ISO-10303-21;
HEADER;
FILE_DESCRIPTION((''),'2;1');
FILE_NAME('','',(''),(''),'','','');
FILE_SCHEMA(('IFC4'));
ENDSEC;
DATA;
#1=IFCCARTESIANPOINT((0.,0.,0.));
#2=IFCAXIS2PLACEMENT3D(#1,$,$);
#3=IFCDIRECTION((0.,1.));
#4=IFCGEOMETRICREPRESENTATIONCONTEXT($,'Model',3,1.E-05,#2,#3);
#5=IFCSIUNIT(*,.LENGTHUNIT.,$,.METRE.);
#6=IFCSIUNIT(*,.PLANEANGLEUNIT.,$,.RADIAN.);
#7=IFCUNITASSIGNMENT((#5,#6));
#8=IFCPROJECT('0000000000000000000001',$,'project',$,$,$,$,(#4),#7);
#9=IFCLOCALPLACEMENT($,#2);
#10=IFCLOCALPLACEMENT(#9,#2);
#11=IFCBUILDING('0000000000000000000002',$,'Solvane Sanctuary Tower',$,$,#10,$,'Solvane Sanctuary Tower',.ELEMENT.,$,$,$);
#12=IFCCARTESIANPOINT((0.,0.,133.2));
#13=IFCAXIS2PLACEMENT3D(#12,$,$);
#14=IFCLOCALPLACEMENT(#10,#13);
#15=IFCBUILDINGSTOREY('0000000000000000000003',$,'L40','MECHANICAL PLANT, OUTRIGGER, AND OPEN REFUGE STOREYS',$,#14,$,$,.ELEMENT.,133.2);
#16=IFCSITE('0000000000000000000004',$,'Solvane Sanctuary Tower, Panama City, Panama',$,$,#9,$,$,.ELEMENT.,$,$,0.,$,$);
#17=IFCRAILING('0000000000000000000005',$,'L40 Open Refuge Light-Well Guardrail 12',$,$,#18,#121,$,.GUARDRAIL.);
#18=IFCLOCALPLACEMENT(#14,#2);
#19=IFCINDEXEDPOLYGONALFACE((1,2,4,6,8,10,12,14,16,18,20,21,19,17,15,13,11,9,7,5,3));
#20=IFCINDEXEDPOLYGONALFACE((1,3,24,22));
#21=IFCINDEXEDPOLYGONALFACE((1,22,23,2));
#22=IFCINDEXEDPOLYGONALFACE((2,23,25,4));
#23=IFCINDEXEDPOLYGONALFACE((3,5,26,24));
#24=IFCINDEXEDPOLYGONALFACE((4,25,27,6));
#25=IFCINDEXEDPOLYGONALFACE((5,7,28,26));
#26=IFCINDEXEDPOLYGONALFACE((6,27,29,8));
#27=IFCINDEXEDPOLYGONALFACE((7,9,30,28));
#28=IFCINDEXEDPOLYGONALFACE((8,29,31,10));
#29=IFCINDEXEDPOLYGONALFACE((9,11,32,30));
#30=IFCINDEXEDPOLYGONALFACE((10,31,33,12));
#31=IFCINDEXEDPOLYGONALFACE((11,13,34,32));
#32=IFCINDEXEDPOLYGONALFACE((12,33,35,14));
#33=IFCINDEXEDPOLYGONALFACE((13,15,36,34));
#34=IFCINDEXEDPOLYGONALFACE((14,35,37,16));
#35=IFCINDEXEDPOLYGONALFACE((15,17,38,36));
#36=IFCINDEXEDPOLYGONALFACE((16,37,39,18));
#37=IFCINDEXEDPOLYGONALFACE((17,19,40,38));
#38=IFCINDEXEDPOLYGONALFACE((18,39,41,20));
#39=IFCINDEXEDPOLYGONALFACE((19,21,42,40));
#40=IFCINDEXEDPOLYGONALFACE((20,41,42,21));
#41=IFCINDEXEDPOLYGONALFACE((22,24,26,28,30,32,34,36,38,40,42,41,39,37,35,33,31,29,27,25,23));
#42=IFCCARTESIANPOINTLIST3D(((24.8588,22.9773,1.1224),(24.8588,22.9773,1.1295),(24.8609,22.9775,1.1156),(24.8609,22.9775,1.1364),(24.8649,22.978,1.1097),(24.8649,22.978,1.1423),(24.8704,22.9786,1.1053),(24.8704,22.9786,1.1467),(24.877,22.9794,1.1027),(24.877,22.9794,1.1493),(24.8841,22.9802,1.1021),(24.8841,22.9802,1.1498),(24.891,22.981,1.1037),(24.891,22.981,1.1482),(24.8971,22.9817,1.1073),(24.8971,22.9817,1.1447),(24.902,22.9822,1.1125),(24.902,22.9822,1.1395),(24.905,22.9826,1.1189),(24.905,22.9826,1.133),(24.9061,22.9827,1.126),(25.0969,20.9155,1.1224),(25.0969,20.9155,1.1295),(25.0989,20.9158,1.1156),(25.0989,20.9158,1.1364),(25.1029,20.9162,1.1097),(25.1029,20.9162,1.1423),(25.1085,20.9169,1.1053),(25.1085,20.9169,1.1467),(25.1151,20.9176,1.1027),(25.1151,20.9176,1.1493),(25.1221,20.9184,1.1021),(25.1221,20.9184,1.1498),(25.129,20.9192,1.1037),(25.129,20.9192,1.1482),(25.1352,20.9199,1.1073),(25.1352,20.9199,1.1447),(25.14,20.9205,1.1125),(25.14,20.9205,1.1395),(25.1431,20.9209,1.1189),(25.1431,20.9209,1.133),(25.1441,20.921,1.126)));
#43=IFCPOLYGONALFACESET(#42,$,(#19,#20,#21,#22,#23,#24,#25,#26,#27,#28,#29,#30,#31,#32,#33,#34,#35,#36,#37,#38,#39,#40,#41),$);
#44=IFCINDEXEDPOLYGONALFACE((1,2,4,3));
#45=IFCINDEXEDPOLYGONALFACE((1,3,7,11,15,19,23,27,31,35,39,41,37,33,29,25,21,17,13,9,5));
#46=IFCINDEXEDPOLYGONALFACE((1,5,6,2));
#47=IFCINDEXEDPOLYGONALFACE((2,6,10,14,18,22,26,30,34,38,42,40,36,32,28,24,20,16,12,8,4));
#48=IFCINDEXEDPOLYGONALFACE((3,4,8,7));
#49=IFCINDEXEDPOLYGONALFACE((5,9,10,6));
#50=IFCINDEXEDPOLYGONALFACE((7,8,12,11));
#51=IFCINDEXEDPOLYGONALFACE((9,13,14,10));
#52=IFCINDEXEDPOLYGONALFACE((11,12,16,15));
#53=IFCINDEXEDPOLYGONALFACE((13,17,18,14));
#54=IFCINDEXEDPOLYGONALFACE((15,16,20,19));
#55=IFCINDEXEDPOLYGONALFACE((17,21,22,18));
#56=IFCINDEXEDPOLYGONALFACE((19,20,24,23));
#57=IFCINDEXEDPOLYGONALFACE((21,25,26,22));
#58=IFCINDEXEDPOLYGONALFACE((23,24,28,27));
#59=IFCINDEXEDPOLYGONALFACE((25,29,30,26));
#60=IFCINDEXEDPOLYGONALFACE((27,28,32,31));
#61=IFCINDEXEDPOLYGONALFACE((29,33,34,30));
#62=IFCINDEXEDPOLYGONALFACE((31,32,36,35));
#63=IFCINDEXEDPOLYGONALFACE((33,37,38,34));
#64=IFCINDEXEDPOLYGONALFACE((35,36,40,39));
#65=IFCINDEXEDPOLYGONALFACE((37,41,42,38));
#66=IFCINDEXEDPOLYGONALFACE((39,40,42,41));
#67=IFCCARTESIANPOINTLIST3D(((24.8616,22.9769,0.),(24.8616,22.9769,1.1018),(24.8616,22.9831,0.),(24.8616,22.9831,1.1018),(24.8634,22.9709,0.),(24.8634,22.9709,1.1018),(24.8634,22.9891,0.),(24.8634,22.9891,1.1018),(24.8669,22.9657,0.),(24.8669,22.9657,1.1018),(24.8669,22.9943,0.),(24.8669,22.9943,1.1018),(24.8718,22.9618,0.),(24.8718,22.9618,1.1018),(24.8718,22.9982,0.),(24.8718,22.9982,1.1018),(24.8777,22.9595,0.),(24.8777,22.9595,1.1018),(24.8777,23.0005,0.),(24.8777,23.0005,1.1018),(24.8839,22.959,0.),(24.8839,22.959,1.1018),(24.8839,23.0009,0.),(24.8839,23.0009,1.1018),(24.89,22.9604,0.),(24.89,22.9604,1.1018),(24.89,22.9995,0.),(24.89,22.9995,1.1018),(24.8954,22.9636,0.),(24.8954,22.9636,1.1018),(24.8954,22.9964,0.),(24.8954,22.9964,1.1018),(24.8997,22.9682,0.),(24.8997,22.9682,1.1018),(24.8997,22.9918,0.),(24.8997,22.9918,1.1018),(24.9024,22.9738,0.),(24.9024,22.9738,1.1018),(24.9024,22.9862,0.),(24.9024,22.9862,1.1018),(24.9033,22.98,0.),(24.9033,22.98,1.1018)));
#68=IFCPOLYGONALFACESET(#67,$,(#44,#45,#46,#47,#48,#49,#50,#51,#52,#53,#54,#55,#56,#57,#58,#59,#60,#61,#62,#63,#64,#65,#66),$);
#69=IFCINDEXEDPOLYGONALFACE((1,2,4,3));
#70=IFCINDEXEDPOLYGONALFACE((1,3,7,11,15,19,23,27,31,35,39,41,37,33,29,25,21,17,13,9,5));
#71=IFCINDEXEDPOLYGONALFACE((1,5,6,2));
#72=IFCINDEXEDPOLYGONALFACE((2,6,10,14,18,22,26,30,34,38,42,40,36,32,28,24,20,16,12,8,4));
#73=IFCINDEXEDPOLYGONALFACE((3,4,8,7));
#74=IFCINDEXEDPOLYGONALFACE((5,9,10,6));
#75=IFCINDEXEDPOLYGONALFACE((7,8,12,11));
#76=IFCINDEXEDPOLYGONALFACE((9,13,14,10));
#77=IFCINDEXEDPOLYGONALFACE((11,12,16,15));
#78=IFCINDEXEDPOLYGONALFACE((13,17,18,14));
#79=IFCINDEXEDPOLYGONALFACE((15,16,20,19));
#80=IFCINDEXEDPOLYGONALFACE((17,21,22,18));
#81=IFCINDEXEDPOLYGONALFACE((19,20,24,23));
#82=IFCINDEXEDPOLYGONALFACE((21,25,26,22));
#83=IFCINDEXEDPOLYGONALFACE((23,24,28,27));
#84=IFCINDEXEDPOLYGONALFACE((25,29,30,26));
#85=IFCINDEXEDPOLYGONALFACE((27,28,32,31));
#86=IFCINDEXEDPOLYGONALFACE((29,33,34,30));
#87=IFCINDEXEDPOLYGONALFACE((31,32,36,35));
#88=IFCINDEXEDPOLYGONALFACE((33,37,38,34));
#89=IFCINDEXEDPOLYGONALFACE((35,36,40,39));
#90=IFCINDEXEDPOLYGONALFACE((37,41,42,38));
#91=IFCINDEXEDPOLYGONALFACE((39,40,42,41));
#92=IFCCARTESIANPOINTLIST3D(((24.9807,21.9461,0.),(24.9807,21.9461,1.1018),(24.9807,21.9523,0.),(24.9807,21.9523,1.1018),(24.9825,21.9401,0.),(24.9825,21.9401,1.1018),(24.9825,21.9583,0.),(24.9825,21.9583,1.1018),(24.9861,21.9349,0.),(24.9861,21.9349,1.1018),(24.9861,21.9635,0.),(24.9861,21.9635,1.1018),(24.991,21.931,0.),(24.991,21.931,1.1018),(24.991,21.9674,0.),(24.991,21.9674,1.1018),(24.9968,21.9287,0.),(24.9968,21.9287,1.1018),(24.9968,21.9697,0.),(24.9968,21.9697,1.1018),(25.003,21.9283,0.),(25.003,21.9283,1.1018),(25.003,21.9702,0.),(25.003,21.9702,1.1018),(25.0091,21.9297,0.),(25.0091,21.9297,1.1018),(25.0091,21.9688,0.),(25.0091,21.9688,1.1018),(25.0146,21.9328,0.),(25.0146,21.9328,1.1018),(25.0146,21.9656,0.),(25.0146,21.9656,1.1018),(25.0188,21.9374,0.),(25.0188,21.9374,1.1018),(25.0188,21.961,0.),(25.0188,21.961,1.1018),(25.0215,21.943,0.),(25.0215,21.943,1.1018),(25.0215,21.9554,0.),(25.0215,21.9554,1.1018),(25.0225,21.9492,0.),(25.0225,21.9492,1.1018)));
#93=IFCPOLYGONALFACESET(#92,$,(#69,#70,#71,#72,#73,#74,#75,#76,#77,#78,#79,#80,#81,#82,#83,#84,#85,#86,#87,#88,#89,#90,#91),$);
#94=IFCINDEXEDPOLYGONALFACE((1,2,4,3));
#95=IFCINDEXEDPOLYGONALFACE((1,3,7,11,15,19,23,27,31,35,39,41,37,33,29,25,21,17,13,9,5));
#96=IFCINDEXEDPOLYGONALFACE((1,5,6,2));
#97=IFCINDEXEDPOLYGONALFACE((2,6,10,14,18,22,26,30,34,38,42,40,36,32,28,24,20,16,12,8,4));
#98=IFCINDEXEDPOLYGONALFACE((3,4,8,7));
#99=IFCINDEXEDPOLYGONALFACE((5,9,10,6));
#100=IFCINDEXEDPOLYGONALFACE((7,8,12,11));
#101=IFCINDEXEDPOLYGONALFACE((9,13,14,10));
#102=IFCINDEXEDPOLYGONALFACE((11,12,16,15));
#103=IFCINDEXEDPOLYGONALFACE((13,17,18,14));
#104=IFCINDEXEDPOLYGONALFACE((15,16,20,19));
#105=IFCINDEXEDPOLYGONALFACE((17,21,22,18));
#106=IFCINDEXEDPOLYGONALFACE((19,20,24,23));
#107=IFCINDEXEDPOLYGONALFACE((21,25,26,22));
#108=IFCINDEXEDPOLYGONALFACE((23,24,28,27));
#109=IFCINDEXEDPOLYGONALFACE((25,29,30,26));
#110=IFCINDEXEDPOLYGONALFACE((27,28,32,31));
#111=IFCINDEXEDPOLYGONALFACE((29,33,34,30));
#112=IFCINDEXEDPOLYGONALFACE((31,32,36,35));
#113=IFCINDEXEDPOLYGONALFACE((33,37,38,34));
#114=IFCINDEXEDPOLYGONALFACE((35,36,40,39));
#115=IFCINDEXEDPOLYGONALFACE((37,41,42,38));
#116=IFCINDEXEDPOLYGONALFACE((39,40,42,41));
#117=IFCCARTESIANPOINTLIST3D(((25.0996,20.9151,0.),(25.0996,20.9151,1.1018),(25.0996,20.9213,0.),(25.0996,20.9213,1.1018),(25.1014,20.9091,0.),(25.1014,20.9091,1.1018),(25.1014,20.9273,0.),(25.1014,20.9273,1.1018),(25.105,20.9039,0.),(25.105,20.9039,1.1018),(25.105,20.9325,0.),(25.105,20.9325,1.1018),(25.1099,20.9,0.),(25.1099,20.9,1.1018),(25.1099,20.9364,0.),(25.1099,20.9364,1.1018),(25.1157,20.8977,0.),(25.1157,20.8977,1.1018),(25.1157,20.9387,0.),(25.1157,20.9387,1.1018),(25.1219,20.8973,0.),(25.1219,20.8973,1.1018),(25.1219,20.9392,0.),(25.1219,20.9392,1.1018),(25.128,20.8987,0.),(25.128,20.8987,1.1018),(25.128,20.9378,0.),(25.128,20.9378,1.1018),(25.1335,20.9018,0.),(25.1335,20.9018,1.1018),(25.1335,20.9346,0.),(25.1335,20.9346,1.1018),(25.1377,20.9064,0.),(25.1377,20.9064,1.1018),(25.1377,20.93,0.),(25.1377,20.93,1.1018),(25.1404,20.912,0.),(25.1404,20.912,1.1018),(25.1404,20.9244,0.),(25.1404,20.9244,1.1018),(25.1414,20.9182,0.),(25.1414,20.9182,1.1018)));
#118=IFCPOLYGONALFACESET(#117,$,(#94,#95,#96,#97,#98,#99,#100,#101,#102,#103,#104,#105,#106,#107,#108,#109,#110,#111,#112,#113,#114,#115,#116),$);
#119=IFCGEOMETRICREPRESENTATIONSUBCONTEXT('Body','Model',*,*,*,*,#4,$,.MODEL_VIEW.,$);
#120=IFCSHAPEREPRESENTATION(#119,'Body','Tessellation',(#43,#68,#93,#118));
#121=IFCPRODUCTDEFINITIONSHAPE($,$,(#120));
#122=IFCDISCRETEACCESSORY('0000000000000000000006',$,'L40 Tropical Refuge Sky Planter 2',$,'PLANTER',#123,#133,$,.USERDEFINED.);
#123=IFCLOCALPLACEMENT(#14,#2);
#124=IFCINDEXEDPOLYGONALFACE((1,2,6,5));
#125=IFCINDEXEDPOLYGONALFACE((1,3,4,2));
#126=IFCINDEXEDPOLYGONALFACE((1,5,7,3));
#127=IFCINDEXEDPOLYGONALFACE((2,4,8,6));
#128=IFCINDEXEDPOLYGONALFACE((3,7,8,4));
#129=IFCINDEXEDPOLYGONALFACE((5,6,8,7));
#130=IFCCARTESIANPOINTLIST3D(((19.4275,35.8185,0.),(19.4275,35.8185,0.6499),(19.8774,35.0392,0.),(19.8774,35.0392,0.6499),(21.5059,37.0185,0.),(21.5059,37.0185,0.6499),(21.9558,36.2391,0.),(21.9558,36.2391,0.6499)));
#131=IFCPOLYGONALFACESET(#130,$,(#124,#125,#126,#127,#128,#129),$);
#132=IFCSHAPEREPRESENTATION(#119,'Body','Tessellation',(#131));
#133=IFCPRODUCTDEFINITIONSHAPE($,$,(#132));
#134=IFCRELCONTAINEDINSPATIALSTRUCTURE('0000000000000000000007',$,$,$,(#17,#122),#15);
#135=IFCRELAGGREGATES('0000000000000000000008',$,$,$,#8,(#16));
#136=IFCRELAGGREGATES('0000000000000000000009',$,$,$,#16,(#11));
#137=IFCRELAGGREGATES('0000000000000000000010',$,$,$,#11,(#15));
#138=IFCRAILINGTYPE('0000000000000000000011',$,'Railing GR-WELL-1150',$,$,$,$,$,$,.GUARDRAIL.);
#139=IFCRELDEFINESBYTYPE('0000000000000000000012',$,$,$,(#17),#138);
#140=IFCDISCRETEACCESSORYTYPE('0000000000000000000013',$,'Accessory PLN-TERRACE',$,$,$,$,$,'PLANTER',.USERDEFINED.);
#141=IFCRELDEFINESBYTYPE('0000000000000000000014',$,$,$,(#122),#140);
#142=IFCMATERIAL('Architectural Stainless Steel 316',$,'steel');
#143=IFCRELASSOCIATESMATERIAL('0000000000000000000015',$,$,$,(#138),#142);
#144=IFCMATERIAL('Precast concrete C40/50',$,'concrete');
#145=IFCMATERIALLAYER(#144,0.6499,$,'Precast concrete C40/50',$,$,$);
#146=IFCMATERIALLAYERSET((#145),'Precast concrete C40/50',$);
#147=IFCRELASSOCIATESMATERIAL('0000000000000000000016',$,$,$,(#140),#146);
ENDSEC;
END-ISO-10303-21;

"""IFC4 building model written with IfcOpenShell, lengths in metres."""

from ifc_helpers import new_model, si_unit, direction, frame, origin, origin_2d, place, context, subcontext, project, spatial, rectangle, circle, extrude, material, layer, layer_set, type_object, element, save


model = new_model("IFC4")

# Units and contexts
model_context = context("Model", 3, precision=1e-05, world=origin(), true_north=direction((0.0, 1.0)))
body_context = subcontext(model_context, "Body", "Model", "MODEL_VIEW")
ifc_project = project(units=[si_unit("LENGTHUNIT", "METRE"), si_unit("PLANEANGLEUNIT", "RADIAN")], contexts=[model_context])

# Site, building, storey
site_placement = place(None, origin())
site = spatial("IfcSite", under=ifc_project, at=site_placement, Name="Solvane Sanctuary Tower, Panama City, Panama", CompositionType="ELEMENT", RefElevation=0.0)
building_placement = place(site_placement, origin())
building = spatial("IfcBuilding", under=site, at=building_placement, Name="Solvane Sanctuary Tower", LongName="Solvane Sanctuary Tower", CompositionType="ELEMENT")
storey_placement = place(building_placement, frame((0.0, 0.0, 133.2)))
storey = spatial("IfcBuildingStorey", under=building, at=storey_placement, Name="L40", Description="MECHANICAL PLANT, OUTRIGGER, AND OPEN REFUGE STOREYS", CompositionType="ELEMENT", Elevation=133.2)

# Shared definitions
ifc_material_1 = material(Name="Architectural Stainless Steel 316", Category="steel")

# Railing
railing_type_1 = type_object("IfcRailingType", Name="Railing GR-WELL-1150", PredefinedType="GUARDRAIL", material=ifc_material_1)
railing_1_placement = place(storey_placement, frame((24.8823, 22.98, 0.0)))
element("IfcRailing", 1, at=railing_1_placement, inside=storey, type_object=railing_type_1, Name="L40 Open Refuge Light-Well Guardrail 12", PredefinedType="GUARDRAIL", context=body_context, shape_type="SweptSolid", body=[
    extrude(circle(Radius=0.0239, at=origin_2d()), frame((0.0, 0.0, 1.126), z_axis=(0.114691, -0.993401, 0.0), x_axis=(0.993401, 0.114691, 0.0)), (0.0, 0.0, 1.0), 2.0754),
    extrude(circle(Radius=0.021, at=origin_2d()), origin(), (0.0, 0.0, 1.0), 1.1018),
    extrude(circle(Radius=0.021, at=origin_2d()), frame((0.1191, -1.0308, 0.0)), (0.0, 0.0, 1.0), 1.1018),
    extrude(circle(Radius=0.021, at=origin_2d()), frame((0.238, -2.0618, 0.0)), (0.0, 0.0, 1.0), 1.1018),
])

# Discrete accessory
ifc_material_2 = material(Name="Precast concrete C40/50", Category="concrete")
ifc_layer_1 = layer(ifc_material_2, 0.6499, Name="Precast concrete C40/50")
ifc_layer_set_1 = layer_set([ifc_layer_1], Name="Precast concrete C40/50")
discrete_accessory_type = type_object("IfcDiscreteAccessoryType", Name="Accessory PLN-TERRACE", ElementType="PLANTER", PredefinedType="USERDEFINED", material=ifc_layer_set_1)
discrete_accessory_placement = place(storey_placement, frame((20.6917, 36.0288, 0.0), z_axis=(0.0, 0.0, 1.0), x_axis=(-0.866025, -0.5, 0.0)))
element("IfcDiscreteAccessory", 2, at=discrete_accessory_placement, inside=storey, type_object=discrete_accessory_type, Name="L40 Tropical Refuge Sky Planter 2", ObjectType="PLANTER", PredefinedType="USERDEFINED", context=body_context, shape_type="SweptSolid", body=[
    extrude(rectangle(XDim=2.3999, YDim=0.8999, at=origin_2d()), origin(), (0.0, 0.0, 1.0), 0.6499),
])

save(model, "model.ifc")
